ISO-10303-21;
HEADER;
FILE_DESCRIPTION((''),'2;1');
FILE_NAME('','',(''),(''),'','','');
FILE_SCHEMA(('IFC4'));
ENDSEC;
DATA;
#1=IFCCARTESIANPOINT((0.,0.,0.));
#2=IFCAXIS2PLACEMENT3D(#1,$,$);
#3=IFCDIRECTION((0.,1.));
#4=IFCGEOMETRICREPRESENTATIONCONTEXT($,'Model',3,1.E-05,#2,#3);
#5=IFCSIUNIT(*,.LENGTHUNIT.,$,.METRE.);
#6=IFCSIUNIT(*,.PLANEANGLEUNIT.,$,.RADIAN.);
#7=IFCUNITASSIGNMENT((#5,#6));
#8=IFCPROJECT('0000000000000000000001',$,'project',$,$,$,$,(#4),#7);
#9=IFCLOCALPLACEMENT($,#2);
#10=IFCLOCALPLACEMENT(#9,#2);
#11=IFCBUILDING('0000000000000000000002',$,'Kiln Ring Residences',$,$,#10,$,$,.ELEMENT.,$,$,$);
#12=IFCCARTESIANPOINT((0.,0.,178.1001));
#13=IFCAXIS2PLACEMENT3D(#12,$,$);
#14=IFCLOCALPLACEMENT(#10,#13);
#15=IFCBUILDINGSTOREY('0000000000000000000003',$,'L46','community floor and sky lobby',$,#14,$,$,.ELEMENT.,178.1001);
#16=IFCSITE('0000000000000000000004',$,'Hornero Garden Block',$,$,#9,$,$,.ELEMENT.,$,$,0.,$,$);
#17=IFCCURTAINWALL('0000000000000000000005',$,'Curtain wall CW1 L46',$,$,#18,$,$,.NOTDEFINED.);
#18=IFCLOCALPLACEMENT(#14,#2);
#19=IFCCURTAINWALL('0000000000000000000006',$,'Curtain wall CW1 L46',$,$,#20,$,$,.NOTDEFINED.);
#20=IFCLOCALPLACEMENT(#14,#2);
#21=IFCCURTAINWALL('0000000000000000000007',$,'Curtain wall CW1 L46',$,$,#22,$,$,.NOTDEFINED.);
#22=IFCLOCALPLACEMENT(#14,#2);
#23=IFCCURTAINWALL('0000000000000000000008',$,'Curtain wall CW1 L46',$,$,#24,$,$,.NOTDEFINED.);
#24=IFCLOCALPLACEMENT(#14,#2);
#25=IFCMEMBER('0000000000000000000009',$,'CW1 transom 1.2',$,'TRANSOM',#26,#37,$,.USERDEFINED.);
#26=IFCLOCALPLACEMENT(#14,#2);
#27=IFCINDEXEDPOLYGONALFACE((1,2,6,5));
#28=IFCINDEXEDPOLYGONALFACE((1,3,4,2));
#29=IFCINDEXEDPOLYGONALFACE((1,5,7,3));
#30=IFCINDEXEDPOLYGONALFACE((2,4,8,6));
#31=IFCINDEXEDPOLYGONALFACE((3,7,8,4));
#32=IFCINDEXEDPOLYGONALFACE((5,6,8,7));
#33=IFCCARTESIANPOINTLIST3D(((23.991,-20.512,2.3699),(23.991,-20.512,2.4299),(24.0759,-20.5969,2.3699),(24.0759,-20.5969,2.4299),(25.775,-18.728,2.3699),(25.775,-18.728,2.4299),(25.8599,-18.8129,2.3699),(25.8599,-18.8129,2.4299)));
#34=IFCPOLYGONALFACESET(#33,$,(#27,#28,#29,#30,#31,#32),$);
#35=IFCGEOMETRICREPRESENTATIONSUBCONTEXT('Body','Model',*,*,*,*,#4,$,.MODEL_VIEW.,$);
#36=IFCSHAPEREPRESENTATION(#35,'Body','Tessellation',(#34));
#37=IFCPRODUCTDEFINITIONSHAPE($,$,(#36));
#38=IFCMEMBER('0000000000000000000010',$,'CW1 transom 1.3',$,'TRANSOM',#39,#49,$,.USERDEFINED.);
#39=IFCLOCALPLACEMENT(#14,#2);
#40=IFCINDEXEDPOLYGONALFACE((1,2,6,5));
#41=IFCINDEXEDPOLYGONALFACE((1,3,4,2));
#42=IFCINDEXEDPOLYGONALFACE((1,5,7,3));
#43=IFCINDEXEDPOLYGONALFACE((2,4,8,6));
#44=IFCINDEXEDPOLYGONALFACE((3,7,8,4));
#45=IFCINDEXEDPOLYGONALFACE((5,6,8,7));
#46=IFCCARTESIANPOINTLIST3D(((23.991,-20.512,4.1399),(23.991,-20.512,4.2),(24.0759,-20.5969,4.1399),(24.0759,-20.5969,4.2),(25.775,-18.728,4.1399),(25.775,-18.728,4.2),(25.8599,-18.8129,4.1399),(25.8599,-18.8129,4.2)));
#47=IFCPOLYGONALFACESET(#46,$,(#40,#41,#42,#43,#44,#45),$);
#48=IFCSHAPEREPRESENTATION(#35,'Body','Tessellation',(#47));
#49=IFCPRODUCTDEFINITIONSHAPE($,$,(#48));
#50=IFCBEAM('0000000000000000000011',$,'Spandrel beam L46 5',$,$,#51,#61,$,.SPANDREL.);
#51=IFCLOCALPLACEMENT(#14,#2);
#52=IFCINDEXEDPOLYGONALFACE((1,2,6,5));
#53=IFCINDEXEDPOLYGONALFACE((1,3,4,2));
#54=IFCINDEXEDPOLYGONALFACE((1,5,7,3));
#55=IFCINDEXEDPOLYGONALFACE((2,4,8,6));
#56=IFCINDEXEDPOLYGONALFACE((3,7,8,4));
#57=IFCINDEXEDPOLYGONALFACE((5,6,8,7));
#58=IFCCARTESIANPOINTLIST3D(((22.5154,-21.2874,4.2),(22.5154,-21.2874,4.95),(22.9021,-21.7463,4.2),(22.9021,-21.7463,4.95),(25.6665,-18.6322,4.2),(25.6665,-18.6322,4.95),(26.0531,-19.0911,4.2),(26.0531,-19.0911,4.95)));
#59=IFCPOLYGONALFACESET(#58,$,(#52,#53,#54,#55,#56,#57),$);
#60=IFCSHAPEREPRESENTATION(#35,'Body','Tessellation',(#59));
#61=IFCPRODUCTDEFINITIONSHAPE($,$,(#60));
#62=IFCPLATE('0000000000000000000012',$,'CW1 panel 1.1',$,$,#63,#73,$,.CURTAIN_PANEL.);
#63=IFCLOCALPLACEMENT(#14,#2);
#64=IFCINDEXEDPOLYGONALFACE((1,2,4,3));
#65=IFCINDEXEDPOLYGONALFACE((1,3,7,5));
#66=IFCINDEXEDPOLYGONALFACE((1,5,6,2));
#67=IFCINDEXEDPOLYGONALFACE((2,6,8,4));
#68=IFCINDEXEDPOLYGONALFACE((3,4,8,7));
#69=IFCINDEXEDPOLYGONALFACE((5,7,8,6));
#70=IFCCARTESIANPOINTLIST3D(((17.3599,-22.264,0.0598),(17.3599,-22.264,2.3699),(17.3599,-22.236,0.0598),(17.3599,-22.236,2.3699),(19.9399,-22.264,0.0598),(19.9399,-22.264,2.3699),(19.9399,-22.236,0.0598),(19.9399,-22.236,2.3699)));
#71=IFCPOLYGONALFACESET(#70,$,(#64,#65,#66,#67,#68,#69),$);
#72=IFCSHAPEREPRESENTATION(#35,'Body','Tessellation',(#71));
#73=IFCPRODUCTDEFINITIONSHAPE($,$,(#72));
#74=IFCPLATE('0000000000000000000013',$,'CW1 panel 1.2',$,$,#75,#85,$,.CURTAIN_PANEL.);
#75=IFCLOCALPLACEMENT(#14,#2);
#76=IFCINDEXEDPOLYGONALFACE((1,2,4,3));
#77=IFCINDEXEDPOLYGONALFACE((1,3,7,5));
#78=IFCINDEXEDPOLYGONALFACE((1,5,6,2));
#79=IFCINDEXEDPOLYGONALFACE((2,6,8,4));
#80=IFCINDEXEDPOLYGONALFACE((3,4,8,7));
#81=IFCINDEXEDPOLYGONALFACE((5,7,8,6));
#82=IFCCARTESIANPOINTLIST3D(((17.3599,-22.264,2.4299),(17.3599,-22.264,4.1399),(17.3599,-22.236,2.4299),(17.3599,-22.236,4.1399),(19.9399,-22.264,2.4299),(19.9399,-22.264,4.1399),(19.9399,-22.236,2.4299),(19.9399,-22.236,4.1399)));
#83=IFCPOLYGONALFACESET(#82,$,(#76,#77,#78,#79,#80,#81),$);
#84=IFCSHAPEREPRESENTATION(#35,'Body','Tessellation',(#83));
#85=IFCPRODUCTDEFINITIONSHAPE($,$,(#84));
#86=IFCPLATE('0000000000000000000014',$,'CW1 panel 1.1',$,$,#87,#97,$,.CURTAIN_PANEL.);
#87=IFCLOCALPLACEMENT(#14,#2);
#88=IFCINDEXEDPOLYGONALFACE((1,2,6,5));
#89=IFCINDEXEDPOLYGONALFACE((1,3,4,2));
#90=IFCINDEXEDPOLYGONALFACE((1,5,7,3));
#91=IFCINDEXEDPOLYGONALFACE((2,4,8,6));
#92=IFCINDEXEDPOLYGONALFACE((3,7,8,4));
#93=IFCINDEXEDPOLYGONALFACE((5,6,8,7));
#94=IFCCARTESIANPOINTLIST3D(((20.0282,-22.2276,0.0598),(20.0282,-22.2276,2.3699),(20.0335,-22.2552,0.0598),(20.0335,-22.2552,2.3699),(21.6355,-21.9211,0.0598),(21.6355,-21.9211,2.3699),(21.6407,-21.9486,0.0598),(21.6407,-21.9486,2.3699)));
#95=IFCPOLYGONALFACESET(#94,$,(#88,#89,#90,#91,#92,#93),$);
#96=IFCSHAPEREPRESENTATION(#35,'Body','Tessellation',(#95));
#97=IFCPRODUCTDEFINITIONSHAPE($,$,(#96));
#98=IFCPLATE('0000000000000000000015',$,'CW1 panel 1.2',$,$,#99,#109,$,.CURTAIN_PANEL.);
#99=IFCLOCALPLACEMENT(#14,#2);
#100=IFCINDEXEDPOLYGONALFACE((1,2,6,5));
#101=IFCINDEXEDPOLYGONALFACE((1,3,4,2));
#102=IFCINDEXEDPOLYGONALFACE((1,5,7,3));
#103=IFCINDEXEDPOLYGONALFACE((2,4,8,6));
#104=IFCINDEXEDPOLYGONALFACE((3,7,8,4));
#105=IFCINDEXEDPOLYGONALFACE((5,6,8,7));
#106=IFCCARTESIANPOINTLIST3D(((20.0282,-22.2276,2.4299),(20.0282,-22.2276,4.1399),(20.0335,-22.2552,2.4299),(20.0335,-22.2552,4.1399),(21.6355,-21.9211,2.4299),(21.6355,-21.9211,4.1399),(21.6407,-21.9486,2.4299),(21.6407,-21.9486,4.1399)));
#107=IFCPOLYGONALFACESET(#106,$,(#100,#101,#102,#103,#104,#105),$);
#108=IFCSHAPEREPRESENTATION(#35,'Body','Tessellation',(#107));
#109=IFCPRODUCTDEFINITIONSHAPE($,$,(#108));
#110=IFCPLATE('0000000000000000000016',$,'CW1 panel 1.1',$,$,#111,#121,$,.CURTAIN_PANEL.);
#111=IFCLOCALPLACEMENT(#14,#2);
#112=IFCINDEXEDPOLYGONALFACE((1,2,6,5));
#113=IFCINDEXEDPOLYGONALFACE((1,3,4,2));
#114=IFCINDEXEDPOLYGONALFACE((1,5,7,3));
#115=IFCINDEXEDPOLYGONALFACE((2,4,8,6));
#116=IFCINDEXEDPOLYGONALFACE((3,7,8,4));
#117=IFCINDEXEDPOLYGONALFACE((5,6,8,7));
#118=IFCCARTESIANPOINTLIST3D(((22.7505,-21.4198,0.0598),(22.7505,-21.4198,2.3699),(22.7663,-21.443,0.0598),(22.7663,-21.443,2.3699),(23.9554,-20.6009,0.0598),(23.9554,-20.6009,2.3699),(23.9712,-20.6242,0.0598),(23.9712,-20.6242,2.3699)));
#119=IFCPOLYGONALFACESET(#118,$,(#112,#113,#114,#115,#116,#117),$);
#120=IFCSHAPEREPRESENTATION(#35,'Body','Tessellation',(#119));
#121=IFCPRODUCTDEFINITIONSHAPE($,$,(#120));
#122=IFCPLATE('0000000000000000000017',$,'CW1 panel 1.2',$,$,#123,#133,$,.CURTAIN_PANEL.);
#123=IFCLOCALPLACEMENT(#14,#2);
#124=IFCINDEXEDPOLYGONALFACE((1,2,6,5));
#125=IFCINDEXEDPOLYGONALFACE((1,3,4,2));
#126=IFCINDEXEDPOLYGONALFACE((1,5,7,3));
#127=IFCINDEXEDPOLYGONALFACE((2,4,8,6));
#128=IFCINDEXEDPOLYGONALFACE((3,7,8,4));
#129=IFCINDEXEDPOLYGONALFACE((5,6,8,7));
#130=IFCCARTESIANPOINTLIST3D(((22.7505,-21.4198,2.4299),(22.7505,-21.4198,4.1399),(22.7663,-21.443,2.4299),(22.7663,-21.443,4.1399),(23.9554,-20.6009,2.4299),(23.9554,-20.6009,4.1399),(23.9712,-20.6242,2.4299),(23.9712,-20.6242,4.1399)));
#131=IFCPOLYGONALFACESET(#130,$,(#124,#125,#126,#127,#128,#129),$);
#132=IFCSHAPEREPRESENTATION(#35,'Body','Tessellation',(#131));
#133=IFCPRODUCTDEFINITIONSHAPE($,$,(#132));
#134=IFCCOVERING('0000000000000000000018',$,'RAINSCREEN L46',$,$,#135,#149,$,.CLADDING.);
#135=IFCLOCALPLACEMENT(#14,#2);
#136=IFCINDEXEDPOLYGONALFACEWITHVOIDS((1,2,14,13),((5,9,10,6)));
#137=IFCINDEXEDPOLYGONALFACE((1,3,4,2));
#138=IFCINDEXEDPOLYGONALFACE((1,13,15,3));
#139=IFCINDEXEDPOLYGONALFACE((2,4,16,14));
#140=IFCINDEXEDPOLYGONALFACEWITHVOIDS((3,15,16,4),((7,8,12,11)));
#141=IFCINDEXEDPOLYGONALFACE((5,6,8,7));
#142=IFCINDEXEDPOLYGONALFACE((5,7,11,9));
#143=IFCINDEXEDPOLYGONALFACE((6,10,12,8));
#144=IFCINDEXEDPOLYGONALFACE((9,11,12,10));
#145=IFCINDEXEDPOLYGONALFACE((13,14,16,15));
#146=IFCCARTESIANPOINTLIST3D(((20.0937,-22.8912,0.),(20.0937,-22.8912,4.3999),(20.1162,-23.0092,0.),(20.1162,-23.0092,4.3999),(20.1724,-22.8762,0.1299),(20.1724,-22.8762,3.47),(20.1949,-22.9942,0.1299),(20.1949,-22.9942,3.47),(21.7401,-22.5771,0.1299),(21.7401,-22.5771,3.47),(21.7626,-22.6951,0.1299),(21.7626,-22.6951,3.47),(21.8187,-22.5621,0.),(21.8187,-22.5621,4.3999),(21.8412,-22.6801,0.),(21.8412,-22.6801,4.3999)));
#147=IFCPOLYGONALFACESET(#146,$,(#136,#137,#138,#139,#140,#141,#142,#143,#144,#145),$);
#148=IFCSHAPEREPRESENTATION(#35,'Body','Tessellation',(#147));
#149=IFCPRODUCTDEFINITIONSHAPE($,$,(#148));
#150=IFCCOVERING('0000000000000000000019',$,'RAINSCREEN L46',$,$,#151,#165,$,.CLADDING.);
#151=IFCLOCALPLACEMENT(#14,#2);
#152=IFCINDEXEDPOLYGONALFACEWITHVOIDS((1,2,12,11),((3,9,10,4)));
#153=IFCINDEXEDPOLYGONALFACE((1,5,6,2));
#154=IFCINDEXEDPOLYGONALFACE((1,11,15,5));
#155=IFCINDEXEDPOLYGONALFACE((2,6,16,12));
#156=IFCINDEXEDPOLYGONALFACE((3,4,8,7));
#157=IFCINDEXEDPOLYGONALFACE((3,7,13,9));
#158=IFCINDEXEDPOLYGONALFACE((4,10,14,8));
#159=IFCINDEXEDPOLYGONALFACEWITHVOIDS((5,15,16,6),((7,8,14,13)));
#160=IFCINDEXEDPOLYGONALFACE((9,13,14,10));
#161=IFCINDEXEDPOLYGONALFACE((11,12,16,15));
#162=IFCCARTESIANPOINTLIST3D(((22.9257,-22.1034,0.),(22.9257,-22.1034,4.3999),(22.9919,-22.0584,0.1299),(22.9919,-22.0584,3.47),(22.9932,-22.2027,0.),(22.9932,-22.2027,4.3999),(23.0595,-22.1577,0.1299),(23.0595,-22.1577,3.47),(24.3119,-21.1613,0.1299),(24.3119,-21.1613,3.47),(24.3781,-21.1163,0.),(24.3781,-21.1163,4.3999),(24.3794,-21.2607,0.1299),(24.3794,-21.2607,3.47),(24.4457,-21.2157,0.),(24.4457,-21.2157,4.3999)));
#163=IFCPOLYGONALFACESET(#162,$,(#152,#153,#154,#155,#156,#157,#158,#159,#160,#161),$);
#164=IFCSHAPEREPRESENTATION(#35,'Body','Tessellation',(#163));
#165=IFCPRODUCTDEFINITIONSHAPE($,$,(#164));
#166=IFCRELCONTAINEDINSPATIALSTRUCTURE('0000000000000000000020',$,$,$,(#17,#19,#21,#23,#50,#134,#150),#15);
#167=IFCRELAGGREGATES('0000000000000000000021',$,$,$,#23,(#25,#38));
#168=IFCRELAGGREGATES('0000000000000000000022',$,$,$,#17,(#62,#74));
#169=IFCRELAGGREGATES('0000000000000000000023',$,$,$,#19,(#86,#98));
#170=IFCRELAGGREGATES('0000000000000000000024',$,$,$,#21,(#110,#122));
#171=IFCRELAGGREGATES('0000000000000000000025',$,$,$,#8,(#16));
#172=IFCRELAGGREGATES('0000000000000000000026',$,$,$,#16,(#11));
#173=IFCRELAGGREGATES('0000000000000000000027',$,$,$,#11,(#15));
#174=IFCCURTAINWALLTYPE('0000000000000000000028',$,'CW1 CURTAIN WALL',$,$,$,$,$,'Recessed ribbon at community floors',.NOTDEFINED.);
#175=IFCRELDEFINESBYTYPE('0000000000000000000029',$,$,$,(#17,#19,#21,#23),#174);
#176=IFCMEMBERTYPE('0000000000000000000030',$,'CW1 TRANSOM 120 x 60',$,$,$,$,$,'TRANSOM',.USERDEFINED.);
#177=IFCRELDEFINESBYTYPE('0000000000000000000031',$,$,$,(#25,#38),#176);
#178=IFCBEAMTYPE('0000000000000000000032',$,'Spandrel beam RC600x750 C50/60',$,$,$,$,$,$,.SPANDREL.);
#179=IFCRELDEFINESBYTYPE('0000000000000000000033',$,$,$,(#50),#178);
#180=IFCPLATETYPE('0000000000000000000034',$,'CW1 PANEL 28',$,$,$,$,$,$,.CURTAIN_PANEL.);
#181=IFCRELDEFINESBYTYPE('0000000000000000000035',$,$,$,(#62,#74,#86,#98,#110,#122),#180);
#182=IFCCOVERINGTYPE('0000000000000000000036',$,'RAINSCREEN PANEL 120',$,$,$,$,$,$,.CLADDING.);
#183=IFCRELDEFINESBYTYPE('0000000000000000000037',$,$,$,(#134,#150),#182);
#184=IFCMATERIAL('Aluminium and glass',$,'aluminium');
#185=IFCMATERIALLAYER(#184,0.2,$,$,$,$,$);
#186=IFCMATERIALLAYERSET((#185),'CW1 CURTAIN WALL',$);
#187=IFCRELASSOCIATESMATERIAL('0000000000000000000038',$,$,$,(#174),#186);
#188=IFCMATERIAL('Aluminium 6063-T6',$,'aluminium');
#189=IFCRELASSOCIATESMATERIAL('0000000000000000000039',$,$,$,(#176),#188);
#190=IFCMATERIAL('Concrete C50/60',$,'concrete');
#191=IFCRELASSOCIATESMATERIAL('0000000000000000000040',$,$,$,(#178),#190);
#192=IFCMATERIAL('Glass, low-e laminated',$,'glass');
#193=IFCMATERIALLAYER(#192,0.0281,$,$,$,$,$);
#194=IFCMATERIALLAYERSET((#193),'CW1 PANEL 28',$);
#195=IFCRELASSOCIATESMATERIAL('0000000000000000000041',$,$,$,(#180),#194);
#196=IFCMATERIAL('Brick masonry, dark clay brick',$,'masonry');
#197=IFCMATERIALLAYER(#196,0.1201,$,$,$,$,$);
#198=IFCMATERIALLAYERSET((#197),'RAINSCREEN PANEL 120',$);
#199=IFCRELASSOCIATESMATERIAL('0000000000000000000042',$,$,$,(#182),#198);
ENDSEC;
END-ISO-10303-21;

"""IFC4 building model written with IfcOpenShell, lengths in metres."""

from ifc_helpers import new_model, si_unit, direction, frame, origin, origin_2d, place, context, subcontext, project, spatial, polyline, rectangle, outline, extrude, material, layer, layer_set, material_profile, profile_set, type_object, element, aggregate, save


model = new_model("IFC4")

# Units and contexts
model_context = context("Model", 3, precision=1e-05, world=origin(), true_north=direction((0.0, 1.0)))
body_context = subcontext(model_context, "Body", "Model", "MODEL_VIEW")
ifc_project = project(units=[si_unit("LENGTHUNIT", "METRE"), si_unit("PLANEANGLEUNIT", "RADIAN")], contexts=[model_context])

# Site, building, storey
site_placement = place(None, origin())
site = spatial("IfcSite", under=ifc_project, at=site_placement, Name="Hornero Garden Block", CompositionType="ELEMENT", RefElevation=0.0)
building_placement = place(site_placement, origin())
building = spatial("IfcBuilding", under=site, at=building_placement, Name="Kiln Ring Residences", CompositionType="ELEMENT")
storey_placement = place(building_placement, frame((0.0, 0.0, 178.1001)))
storey = spatial("IfcBuildingStorey", under=building, at=storey_placement, Name="L46", Description="community floor and sky lobby", CompositionType="ELEMENT", Elevation=178.1001)

# Curtain wall
ifc_material_1 = material(Name="Aluminium and glass", Category="aluminium")
ifc_layer_1 = layer(ifc_material_1, 0.2)
ifc_layer_set_1 = layer_set([ifc_layer_1], Name="CW1 CURTAIN WALL")
curtain_wall_type = type_object("IfcCurtainWallType", Name="CW1 CURTAIN WALL", ElementType="Recessed ribbon at community floors", PredefinedType="NOTDEFINED", material=ifc_layer_set_1)
placement = place(storey_placement, origin())
curtain_wall_1 = element("IfcCurtainWall", 1, at=placement, inside=storey, type_object=curtain_wall_type, Name="Curtain wall CW1 L46", PredefinedType="NOTDEFINED")

# Curtain walls
curtain_wall_2 = element("IfcCurtainWall", 2, at=placement, inside=storey, type_object=curtain_wall_type, Name="Curtain wall CW1 L46", PredefinedType="NOTDEFINED")
curtain_wall_3 = element("IfcCurtainWall", 3, at=placement, inside=storey, type_object=curtain_wall_type, Name="Curtain wall CW1 L46", PredefinedType="NOTDEFINED")

# Curtain wall
curtain_wall_4 = element("IfcCurtainWall", 4, at=placement, inside=storey, type_object=curtain_wall_type, Name="Curtain wall CW1 L46", PredefinedType="NOTDEFINED")

# Members
ifc_material_2 = material(Name="Aluminium 6063-T6", Category="aluminium")
ifc_material_profile_1 = material_profile(ifc_material_2, rectangle(XDim=0.1201, YDim=0.0601, at=origin_2d()), Name="AL 120x60")
ifc_profile_set_1 = profile_set([ifc_material_profile_1], Name="Aluminium 6063-T6")
member_type_1 = type_object("IfcMemberType", Name="CW1 TRANSOM 120 x 60", ElementType="TRANSOM", PredefinedType="USERDEFINED", material=ifc_profile_set_1)
member_1_placement = place(storey_placement, frame((24.0334, -20.5544, 2.3999), z_axis=(0.707107, 0.707107, 0.0), x_axis=(-0.707107, 0.707107, 0.0)))
member_1 = element("IfcMember", 5, at=member_1_placement, type_object=member_type_1, Name="CW1 transom 1.2", ObjectType="TRANSOM", PredefinedType="USERDEFINED", context=body_context, shape_type="SweptSolid", body=[
    extrude(rectangle(XDim=0.1201, YDim=0.0601, at=origin_2d()), origin(), (0.0, 0.0, 1.0), 2.5229),
])
member_2_placement = place(storey_placement, frame((24.0334, -20.5544, 4.1699), z_axis=(0.707107, 0.707107, 0.0), x_axis=(-0.707107, 0.707107, 0.0)))
member_2 = element("IfcMember", 6, at=member_2_placement, type_object=member_type_1, Name="CW1 transom 1.3", ObjectType="TRANSOM", PredefinedType="USERDEFINED", context=body_context, shape_type="SweptSolid", body=[
    extrude(rectangle(XDim=0.1201, YDim=0.0601, at=origin_2d()), origin(), (0.0, 0.0, 1.0), 2.5229),
])
aggregate(curtain_wall_4, [member_1, member_2])

# Beam
ifc_material_3 = material(Name="Concrete C50/60", Category="concrete")
ifc_material_profile_2 = material_profile(ifc_material_3, rectangle(XDim=0.6001, YDim=0.75, at=origin_2d()), Name="RC600x750")
ifc_profile_set_2 = profile_set([ifc_material_profile_2], Name="Concrete C50/60")
beam_type = type_object("IfcBeamType", Name="Spandrel beam RC600x750 C50/60", PredefinedType="SPANDREL", material=ifc_profile_set_2)
beam_placement = place(storey_placement, frame((22.7087, -21.5168, 4.575), z_axis=(0.764708, 0.644377, 0.0), x_axis=(-0.644377, 0.764708, 0.0)))
element("IfcBeam", 7, at=beam_placement, inside=storey, type_object=beam_type, Name="Spandrel beam L46 5", PredefinedType="SPANDREL", context=body_context, shape_type="SweptSolid", body=[
    extrude(rectangle(XDim=0.6001, YDim=0.75, at=origin_2d()), origin(), (0.0, 0.0, 1.0), 4.1206),
])

# Plates
ifc_material_4 = material(Name="Glass, low-e laminated", Category="glass")
ifc_layer_2 = layer(ifc_material_4, 0.0281)
ifc_layer_set_2 = layer_set([ifc_layer_2], Name="CW1 PANEL 28")
plate_type = type_object("IfcPlateType", Name="CW1 PANEL 28", PredefinedType="CURTAIN_PANEL", material=ifc_layer_set_2)
plate_1_placement = place(storey_placement, frame((18.6499, -22.25, 0.0598), z_axis=(0.0, 0.0, 1.0), x_axis=(1.0, 0.0, 0.0)))
plate_1 = element("IfcPlate", 8, at=plate_1_placement, type_object=plate_type, Name="CW1 panel 1.1", PredefinedType="CURTAIN_PANEL", context=body_context, shape_type="SweptSolid", body=[
    extrude(rectangle(XDim=2.5801, YDim=0.0281, at=origin_2d()), origin(), (0.0, 0.0, 1.0), 2.3101),
])
plate_2_placement = place(storey_placement, frame((18.6499, -22.25, 2.4299), z_axis=(0.0, 0.0, 1.0), x_axis=(1.0, 0.0, 0.0)))
plate_2 = element("IfcPlate", 9, at=plate_2_placement, type_object=plate_type, Name="CW1 panel 1.2", PredefinedType="CURTAIN_PANEL", context=body_context, shape_type="SweptSolid", body=[
    extrude(rectangle(XDim=2.5801, YDim=0.0281, at=origin_2d()), origin(), (0.0, 0.0, 1.0), 1.71),
])
aggregate(curtain_wall_1, [plate_1, plate_2])
plate_3_placement = place(storey_placement, frame((20.8345, -22.0881, 0.0598), z_axis=(0.0, 0.0, 1.0), x_axis=(0.98229, 0.187366, 0.0)))
plate_3 = element("IfcPlate", 10, at=plate_3_placement, type_object=plate_type, Name="CW1 panel 1.1", PredefinedType="CURTAIN_PANEL", context=body_context, shape_type="SweptSolid", body=[
    extrude(rectangle(XDim=1.6362, YDim=0.0281, at=origin_2d()), origin(), (0.0, 0.0, 1.0), 2.3101),
])
plate_4_placement = place(storey_placement, frame((20.8345, -22.0881, 2.4299), z_axis=(0.0, 0.0, 1.0), x_axis=(0.98229, 0.187366, 0.0)))
plate_4 = element("IfcPlate", 11, at=plate_4_placement, type_object=plate_type, Name="CW1 panel 1.2", PredefinedType="CURTAIN_PANEL", context=body_context, shape_type="SweptSolid", body=[
    extrude(rectangle(XDim=1.6362, YDim=0.0281, at=origin_2d()), origin(), (0.0, 0.0, 1.0), 1.71),
])
aggregate(curtain_wall_2, [plate_3, plate_4])
plate_5_placement = place(storey_placement, frame((23.3608, -21.022, 0.0598), z_axis=(0.0, 0.0, 1.0), x_axis=(0.827072, 0.562097, 0.0)))
plate_5 = element("IfcPlate", 12, at=plate_5_placement, type_object=plate_type, Name="CW1 panel 1.1", PredefinedType="CURTAIN_PANEL", context=body_context, shape_type="SweptSolid", body=[
    extrude(rectangle(XDim=1.4568, YDim=0.0281, at=origin_2d()), origin(), (0.0, 0.0, 1.0), 2.3101),
])
plate_6_placement = place(storey_placement, frame((23.3608, -21.022, 2.4299), z_axis=(0.0, 0.0, 1.0), x_axis=(0.827072, 0.562097, 0.0)))
plate_6 = element("IfcPlate", 13, at=plate_6_placement, type_object=plate_type, Name="CW1 panel 1.2", PredefinedType="CURTAIN_PANEL", context=body_context, shape_type="SweptSolid", body=[
    extrude(rectangle(XDim=1.4568, YDim=0.0281, at=origin_2d()), origin(), (0.0, 0.0, 1.0), 1.71),
])
aggregate(curtain_wall_3, [plate_5, plate_6])

# Coverings
ifc_material_5 = material(Name="Brick masonry, dark clay brick", Category="masonry")
ifc_layer_3 = layer(ifc_material_5, 0.1201)
ifc_layer_set_3 = layer_set([ifc_layer_3], Name="RAINSCREEN PANEL 120")
covering_type = type_object("IfcCoveringType", Name="RAINSCREEN PANEL 120", PredefinedType="CLADDING", material=ifc_layer_set_3)
for number, where, z_axis, x_axis, name in (
    (14, (20.105, -22.9502, 0.0), (0.0, 0.0, 1.0), (0.98228, 0.187419, 0.0), "RAINSCREEN L46"),
    (15, (22.9595, -22.1531, 0.0), (0.0, 0.0, 1.0), (0.827076, 0.562089, 0.0), "RAINSCREEN L46"),
):
    element("IfcCovering", number, at=place(storey_placement, frame(where, z_axis=z_axis, x_axis=x_axis)), inside=storey, type_object=covering_type, Name=name, PredefinedType="CLADDING", context=body_context, shape_type="SweptSolid", body=[
        extrude(outline(polyline([(0.0, 0.0), (1.7561, 0.0), (1.7561, 4.3999), (0.0, 4.3999), (0.0, 0.0)]), holes=[polyline([(0.0801, 3.47), (0.0801, 0.1299), (1.676, 0.1299), (1.676, 3.47), (0.0801, 3.47)])]), frame((0.0, 0.0601, 0.0), z_axis=(0.0, -1.0, 0.0), x_axis=(1.0, 0.0, 0.0)), (0.0, 0.0, 1.0), 0.1201),
    ])

save(model, "model.ifc")
